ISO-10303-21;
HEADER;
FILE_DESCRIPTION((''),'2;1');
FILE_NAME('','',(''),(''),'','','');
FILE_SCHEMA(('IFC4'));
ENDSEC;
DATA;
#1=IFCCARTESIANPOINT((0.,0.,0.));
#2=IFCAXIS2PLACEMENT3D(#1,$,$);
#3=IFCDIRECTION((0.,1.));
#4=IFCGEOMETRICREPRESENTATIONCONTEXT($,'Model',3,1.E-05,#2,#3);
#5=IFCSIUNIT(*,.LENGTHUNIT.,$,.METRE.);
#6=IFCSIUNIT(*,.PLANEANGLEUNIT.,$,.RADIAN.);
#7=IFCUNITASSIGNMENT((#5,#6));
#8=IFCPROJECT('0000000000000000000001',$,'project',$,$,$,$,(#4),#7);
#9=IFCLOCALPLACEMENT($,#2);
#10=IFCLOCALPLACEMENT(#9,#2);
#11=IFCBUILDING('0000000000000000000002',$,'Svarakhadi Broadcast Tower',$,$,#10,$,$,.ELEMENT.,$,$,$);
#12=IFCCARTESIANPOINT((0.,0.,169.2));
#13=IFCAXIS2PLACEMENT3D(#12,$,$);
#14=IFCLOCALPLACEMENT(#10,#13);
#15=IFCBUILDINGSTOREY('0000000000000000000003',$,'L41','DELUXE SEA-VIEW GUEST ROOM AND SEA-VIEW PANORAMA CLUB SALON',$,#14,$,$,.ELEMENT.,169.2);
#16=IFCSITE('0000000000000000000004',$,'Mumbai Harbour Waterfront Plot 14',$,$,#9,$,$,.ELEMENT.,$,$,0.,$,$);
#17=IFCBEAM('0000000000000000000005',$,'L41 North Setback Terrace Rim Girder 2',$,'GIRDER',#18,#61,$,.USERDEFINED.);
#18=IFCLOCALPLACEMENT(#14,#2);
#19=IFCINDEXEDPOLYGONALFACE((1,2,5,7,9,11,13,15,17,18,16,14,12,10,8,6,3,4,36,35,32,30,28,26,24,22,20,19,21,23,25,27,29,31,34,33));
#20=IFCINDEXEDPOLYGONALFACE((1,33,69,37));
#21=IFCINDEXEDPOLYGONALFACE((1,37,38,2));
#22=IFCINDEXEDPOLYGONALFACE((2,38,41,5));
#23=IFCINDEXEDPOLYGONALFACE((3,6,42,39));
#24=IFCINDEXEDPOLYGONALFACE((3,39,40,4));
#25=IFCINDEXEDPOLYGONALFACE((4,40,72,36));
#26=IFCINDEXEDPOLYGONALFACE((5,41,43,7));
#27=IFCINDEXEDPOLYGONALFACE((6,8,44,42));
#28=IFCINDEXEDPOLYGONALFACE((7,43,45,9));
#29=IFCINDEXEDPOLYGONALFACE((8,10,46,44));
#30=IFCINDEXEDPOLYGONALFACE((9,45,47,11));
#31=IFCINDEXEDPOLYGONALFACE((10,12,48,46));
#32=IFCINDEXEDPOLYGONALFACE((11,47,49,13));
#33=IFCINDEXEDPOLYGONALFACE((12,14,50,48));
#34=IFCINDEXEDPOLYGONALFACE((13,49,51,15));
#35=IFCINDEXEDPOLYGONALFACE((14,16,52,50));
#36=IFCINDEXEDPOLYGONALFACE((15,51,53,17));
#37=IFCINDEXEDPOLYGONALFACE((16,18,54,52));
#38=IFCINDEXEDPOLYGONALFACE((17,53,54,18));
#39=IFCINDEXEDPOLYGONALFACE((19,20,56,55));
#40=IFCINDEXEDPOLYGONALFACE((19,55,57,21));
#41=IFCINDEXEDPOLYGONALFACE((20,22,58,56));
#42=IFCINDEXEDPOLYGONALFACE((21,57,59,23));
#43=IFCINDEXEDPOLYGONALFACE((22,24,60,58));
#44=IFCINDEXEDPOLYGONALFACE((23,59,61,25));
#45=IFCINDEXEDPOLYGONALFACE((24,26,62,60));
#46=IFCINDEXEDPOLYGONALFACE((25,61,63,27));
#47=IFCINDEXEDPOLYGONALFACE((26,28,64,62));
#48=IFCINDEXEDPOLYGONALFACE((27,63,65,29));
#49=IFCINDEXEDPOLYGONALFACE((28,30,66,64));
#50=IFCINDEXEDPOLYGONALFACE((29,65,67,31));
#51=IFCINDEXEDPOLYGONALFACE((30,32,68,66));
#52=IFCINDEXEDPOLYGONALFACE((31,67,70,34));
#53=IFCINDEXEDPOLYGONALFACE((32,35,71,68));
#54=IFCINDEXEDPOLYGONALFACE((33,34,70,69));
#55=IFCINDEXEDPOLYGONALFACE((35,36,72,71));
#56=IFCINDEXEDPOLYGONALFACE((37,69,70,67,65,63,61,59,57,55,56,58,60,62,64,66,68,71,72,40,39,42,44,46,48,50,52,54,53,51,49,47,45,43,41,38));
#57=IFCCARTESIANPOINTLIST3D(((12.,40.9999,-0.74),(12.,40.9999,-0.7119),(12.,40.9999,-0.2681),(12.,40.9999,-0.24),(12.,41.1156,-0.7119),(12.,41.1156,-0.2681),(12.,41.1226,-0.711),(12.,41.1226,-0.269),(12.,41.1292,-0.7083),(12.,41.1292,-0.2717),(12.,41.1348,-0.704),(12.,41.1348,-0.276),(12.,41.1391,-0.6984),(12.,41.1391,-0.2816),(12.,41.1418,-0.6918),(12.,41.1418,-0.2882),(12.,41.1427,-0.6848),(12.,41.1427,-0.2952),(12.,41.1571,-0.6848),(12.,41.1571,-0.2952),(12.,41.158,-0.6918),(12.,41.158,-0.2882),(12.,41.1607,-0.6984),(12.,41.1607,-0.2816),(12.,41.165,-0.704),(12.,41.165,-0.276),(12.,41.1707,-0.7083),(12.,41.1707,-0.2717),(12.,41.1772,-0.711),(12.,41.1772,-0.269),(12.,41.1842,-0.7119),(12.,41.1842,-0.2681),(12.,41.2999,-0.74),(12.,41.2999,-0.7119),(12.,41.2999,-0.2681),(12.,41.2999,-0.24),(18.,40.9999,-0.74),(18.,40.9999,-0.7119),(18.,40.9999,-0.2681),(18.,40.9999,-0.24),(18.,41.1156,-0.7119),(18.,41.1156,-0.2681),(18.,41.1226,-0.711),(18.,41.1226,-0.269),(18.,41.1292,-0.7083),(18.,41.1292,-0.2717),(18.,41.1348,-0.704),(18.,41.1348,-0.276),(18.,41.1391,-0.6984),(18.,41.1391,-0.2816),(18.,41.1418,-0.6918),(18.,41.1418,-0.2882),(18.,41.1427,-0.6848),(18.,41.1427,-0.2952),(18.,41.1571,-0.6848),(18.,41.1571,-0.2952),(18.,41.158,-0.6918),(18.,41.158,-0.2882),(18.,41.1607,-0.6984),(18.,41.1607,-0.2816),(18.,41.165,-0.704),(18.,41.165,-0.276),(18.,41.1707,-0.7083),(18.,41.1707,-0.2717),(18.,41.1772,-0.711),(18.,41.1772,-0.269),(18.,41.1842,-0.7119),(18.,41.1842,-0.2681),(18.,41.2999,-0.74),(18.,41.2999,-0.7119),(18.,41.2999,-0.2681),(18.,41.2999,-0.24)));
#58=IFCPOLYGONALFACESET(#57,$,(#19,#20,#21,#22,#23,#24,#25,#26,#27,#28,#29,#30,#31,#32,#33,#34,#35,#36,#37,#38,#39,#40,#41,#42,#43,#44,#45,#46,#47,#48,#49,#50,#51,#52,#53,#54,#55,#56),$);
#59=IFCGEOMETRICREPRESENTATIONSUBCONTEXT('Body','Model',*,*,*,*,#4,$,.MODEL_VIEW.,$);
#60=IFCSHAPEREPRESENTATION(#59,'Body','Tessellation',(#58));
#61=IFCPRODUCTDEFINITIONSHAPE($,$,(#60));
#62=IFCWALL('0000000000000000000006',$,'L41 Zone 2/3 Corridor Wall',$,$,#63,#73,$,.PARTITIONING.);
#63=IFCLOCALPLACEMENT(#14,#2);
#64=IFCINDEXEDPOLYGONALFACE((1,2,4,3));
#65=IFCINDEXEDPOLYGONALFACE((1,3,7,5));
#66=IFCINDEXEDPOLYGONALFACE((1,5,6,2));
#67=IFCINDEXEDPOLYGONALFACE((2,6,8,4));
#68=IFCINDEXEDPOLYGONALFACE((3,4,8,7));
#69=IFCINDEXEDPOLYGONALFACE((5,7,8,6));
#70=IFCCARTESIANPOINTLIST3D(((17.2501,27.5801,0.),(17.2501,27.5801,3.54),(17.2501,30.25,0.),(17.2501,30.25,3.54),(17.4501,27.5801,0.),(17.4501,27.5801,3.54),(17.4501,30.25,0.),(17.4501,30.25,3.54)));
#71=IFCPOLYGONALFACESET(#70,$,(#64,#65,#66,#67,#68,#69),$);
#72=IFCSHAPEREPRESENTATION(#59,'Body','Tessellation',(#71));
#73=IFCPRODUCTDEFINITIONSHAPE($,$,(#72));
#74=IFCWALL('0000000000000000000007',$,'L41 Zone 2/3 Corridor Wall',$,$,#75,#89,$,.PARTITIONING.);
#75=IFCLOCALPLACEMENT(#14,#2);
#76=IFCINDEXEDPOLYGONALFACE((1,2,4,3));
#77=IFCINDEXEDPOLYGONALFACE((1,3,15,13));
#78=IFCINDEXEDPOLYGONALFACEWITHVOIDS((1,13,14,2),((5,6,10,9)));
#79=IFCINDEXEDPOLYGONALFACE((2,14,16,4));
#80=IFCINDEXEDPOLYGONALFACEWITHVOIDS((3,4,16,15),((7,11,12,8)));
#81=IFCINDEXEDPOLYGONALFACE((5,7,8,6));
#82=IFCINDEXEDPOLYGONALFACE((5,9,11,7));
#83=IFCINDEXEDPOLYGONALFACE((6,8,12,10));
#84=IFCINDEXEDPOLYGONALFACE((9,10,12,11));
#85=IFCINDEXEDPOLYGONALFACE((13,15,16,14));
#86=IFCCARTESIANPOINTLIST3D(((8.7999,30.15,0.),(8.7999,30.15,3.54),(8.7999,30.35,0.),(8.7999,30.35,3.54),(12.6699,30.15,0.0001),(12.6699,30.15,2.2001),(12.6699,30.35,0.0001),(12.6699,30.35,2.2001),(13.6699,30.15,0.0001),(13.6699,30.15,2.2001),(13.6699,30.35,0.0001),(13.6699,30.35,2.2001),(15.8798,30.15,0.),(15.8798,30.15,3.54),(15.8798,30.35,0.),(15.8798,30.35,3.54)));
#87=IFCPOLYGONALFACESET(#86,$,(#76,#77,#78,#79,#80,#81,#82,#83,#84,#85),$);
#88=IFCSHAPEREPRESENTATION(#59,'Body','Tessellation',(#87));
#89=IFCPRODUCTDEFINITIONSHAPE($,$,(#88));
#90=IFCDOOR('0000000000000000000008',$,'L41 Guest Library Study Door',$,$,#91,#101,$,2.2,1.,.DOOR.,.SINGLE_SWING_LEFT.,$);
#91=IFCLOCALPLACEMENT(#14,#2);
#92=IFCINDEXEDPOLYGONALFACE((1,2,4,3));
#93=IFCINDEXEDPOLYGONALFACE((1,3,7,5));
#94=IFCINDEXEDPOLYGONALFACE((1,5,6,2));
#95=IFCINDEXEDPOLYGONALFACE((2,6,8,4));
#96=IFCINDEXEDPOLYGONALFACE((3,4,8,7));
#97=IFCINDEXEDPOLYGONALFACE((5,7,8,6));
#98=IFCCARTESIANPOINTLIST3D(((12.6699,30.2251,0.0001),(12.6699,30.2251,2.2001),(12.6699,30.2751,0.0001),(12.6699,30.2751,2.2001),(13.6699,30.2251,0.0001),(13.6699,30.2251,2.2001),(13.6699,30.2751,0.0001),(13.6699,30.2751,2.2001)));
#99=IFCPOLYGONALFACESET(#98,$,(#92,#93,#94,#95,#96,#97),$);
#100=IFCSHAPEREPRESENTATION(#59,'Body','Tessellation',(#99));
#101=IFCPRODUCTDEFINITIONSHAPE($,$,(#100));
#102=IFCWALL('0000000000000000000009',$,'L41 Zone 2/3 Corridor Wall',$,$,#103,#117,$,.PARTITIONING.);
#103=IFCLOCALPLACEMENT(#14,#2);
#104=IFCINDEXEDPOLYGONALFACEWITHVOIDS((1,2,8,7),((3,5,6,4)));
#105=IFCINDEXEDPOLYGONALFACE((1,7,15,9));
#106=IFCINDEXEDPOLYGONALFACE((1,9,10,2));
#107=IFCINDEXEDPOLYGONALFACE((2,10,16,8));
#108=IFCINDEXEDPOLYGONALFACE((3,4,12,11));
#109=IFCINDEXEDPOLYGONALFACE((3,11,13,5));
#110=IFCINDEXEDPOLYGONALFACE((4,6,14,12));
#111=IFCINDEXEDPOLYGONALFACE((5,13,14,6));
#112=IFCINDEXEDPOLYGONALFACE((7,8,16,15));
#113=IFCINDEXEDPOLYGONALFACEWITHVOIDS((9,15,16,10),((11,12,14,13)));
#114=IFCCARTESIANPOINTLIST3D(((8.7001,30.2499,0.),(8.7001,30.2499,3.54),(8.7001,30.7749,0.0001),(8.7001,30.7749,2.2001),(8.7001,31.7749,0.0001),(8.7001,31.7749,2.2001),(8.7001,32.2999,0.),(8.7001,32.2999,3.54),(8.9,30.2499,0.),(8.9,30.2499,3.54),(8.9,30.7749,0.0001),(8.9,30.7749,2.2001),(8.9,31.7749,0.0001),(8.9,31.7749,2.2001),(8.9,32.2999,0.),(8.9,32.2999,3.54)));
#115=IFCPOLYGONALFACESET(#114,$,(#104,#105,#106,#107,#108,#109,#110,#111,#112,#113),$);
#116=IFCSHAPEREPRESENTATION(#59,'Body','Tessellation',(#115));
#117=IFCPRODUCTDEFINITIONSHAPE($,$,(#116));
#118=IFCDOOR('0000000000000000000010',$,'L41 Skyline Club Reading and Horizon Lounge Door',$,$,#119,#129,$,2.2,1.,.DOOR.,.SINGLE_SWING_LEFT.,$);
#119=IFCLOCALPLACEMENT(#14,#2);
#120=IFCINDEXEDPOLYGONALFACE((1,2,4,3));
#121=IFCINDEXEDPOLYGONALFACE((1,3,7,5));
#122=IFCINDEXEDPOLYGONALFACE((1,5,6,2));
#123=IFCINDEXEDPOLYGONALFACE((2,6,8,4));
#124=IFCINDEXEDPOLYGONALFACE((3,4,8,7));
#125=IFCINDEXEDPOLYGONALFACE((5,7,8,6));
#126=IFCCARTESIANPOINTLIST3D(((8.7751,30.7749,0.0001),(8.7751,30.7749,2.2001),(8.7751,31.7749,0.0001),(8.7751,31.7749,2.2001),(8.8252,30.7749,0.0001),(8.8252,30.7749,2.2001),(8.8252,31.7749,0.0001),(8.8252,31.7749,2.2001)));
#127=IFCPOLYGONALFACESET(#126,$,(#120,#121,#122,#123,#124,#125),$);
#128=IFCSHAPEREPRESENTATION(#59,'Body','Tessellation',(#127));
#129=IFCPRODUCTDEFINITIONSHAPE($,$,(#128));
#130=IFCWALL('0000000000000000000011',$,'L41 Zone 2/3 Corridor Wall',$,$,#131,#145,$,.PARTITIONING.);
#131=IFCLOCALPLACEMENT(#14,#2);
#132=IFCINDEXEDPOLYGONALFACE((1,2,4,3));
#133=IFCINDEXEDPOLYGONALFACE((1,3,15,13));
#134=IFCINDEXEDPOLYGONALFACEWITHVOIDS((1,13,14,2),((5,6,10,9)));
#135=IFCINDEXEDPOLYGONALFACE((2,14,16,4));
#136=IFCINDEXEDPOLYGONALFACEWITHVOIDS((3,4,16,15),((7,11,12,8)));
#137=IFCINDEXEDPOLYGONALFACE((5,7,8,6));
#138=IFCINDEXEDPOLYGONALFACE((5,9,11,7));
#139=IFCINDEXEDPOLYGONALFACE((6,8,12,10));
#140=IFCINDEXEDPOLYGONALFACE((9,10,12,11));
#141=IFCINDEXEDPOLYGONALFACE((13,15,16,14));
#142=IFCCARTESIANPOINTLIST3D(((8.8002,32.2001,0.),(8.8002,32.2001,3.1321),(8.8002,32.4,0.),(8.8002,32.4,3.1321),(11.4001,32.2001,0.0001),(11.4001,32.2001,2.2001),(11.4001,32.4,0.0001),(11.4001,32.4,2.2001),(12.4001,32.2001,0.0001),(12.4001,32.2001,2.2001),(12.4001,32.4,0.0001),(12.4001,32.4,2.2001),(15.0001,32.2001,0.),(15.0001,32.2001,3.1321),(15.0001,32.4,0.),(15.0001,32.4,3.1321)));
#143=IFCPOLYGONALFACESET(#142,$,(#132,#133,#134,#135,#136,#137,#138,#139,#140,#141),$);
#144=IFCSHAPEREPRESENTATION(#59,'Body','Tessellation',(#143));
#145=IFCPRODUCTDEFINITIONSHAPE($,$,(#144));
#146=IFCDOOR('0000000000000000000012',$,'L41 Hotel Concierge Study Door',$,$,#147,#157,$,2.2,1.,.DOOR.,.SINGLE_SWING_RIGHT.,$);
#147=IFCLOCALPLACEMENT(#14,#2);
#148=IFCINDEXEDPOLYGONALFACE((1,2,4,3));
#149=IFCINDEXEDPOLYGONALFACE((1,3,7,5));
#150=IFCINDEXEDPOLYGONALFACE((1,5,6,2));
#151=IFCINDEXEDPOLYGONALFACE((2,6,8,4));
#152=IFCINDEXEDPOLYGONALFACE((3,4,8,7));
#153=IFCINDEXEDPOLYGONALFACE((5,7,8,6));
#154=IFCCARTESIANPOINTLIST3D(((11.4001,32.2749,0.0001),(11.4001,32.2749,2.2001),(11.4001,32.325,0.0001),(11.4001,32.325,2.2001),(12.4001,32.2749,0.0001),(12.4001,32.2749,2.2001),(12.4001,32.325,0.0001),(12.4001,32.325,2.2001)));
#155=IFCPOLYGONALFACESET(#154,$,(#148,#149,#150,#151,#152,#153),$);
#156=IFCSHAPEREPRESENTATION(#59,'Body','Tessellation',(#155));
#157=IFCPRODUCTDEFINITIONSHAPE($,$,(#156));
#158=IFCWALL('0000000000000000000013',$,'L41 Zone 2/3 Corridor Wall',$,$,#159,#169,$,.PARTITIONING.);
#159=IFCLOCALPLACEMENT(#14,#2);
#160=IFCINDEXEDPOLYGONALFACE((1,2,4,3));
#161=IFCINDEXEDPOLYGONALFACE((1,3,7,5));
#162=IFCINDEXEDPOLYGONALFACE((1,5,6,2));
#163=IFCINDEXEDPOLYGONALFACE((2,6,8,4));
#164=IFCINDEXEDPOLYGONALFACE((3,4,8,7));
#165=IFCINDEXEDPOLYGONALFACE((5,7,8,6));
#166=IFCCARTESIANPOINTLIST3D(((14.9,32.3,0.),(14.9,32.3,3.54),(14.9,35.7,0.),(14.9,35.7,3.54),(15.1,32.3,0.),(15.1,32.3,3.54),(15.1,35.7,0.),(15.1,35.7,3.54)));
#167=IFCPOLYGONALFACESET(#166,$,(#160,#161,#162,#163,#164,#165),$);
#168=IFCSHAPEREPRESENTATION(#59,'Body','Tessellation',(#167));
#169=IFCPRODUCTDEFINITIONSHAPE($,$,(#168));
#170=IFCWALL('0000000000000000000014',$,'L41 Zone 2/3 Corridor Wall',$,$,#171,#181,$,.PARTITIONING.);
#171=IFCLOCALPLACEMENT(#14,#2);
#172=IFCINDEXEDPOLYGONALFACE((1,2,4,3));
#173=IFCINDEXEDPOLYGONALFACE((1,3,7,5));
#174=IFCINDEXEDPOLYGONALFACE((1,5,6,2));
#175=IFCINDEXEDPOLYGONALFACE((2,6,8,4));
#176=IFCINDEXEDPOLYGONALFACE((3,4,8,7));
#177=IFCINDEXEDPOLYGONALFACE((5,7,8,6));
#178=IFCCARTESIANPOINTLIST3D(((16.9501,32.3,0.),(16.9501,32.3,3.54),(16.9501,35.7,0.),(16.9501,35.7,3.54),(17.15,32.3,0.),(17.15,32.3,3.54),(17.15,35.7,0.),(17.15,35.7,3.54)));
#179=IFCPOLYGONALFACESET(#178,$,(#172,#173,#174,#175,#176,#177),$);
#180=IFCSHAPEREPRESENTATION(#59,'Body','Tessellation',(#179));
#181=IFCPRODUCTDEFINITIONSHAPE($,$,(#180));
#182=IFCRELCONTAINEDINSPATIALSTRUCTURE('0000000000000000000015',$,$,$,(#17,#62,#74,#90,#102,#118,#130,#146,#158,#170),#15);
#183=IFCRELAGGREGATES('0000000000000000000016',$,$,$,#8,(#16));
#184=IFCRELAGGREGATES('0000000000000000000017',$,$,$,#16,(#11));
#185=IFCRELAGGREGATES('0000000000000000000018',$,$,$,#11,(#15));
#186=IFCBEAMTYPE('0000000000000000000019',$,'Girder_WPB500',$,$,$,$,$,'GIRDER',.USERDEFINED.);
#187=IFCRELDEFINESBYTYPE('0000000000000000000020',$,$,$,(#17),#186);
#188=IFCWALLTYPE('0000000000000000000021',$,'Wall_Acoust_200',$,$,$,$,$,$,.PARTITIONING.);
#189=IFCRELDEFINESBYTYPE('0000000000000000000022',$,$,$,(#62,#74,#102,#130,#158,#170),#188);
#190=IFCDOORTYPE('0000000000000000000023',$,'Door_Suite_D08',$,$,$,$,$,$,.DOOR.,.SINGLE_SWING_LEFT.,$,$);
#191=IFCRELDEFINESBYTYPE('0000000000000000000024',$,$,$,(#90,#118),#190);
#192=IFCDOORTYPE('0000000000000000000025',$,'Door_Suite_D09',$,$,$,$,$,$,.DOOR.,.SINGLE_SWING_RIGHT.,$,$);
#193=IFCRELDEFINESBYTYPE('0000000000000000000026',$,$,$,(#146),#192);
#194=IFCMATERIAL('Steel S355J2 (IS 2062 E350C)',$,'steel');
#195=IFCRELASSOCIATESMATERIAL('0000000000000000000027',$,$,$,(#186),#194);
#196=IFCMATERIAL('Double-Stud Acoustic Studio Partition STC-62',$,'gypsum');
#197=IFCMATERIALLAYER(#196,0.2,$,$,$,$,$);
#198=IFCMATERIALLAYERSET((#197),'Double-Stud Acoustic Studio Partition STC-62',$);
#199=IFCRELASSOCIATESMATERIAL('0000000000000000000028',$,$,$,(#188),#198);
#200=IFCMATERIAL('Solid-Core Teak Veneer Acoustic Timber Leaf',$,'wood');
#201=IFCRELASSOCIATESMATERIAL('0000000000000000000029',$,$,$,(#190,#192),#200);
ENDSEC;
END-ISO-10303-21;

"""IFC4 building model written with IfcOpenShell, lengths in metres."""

from ifc_helpers import new_model, si_unit, direction, frame, frame_2d, origin, origin_2d, place, context, subcontext, project, spatial, rectangle, i_section, extrude, material, layer, layer_set, material_profile, profile_set, type_object, element, fill, save


model = new_model("IFC4")

# Units and contexts
model_context = context("Model", 3, precision=1e-05, world=origin(), true_north=direction((0.0, 1.0)))
body_context = subcontext(model_context, "Body", "Model", "MODEL_VIEW")
ifc_project = project(units=[si_unit("LENGTHUNIT", "METRE"), si_unit("PLANEANGLEUNIT", "RADIAN")], contexts=[model_context])

# Site, building, storey
site_placement = place(None, origin())
site = spatial("IfcSite", under=ifc_project, at=site_placement, Name="Mumbai Harbour Waterfront Plot 14", CompositionType="ELEMENT", RefElevation=0.0)
building_placement = place(site_placement, origin())
building = spatial("IfcBuilding", under=site, at=building_placement, Name="Svarakhadi Broadcast Tower", CompositionType="ELEMENT")
storey_placement = place(building_placement, frame((0.0, 0.0, 169.2)))
storey = spatial("IfcBuildingStorey", under=building, at=storey_placement, Name="L41", Description="DELUXE SEA-VIEW GUEST ROOM AND SEA-VIEW PANORAMA CLUB SALON", CompositionType="ELEMENT", Elevation=169.2)

# Beam
ifc_material_1 = material(Name="Steel S355J2 (IS 2062 E350C)", Category="steel")
ifc_material_profile_1 = material_profile(ifc_material_1, i_section(OverallWidth=0.3, OverallDepth=0.5, WebThickness=0.0144, FlangeThickness=0.0281, FilletRadius=0.0271, at=origin_2d()), Name="WPB 500x300x187")
ifc_profile_set_1 = profile_set([ifc_material_profile_1], Name="Steel S355J2 (IS 2062 E350C)")
beam_type_1 = type_object("IfcBeamType", Name="Girder_WPB500", ElementType="GIRDER", PredefinedType="USERDEFINED", material=ifc_profile_set_1)
for number, where, z_axis, x_axis, name in (
    (1, (12.0, 41.1499, -0.49), (1.0, 0.0, 0.0), (0.0, 1.0, 0.0), "L41 North Setback Terrace Rim Girder 2"),
):
    element("IfcBeam", number, at=place(storey_placement, frame(where, z_axis=z_axis, x_axis=x_axis)), inside=storey, type_object=beam_type_1, Name=name, ObjectType="GIRDER", PredefinedType="USERDEFINED", context=body_context, shape_type="SweptSolid", body=[
        extrude(i_section(OverallWidth=0.3, OverallDepth=0.5, WebThickness=0.0144, FlangeThickness=0.0281, FilletRadius=0.0271, at=origin_2d()), origin(), (0.0, 0.0, 1.0), 6.0),
    ])

# Wall
ifc_material_2 = material(Name="Double-Stud Acoustic Studio Partition STC-62", Category="gypsum")
ifc_layer = layer(ifc_material_2, 0.2)
ifc_layer_set = layer_set([ifc_layer], Name="Double-Stud Acoustic Studio Partition STC-62")
wall_type = type_object("IfcWallType", Name="Wall_Acoust_200", PredefinedType="PARTITIONING", material=ifc_layer_set)
wall_1_placement = place(storey_placement, frame((17.3501, 30.25, 0.0), z_axis=(0.0, 0.0, 1.0), x_axis=(0.0, -1.0, 0.0)))
element("IfcWall", 2, at=wall_1_placement, inside=storey, type_object=wall_type, Name="L41 Zone 2/3 Corridor Wall", PredefinedType="PARTITIONING", context=body_context, shape_type="SweptSolid", body=[
    extrude(rectangle(XDim=2.6699, YDim=0.2, at=frame_2d((1.335, 0.0))), origin(), (0.0, 0.0, 1.0), 3.54),
])

# Walls, openings, doors
wall_2_placement = place(storey_placement, frame((15.8799, 30.25, 0.0), z_axis=(0.0, 0.0, 1.0), x_axis=(-1.0, 0.0, 0.0)))
wall_2 = element("IfcWall", 3, at=wall_2_placement, inside=storey, type_object=wall_type, Name="L41 Zone 2/3 Corridor Wall", PredefinedType="PARTITIONING", context=body_context, shape_type="SweptSolid", body=[
    extrude(rectangle(XDim=7.0798, YDim=0.2, at=frame_2d((3.54, 0.0))), origin(), (0.0, 0.0, 1.0), 3.54),
])
opening_1_placement = place(wall_2_placement, frame((2.21, 0.0, 0.0)))
opening_1 = element("IfcOpeningElement", 4, at=opening_1_placement, cuts=wall_2, PredefinedType="OPENING", context=body_context, shape_type="SweptSolid", body=[
    extrude(rectangle(XDim=1.0, YDim=2.2, at=frame_2d((0.5, 1.1001))), frame((0.0, 0.1099, 0.0), z_axis=(0.0, -1.0, 0.0), x_axis=(1.0, 0.0, 0.0)), (0.0, 0.0, 1.0), 0.22),
])
ifc_material_3 = material(Name="Solid-Core Teak Veneer Acoustic Timber Leaf", Category="wood")
door_type_1 = type_object("IfcDoorType", Name="Door_Suite_D08", OperationType="SINGLE_SWING_LEFT", PredefinedType="DOOR", material=ifc_material_3)
door_1_placement = place(opening_1_placement, origin())
door_1 = element("IfcDoor", 5, at=door_1_placement, inside=storey, type_object=door_type_1, Name="L41 Guest Library Study Door", OperationType="SINGLE_SWING_LEFT", OverallHeight=2.2, OverallWidth=1.0, PredefinedType="DOOR", context=body_context, shape_type="SweptSolid", body=[
    extrude(rectangle(XDim=1.0, YDim=2.2, at=frame_2d((0.5, 1.1001))), frame((0.0, 0.0249, 0.0), z_axis=(0.0, -1.0, 0.0), x_axis=(1.0, 0.0, 0.0)), (0.0, 0.0, 1.0), 0.05),
])
fill(opening_1, door_1)
wall_3_placement = place(storey_placement, frame((8.8, 30.25, 0.0), z_axis=(0.0, 0.0, 1.0), x_axis=(0.0, 1.0, 0.0)))
wall_3 = element("IfcWall", 6, at=wall_3_placement, inside=storey, type_object=wall_type, Name="L41 Zone 2/3 Corridor Wall", PredefinedType="PARTITIONING", context=body_context, shape_type="SweptSolid", body=[
    extrude(rectangle(XDim=2.05, YDim=0.2, at=frame_2d((1.0249, 0.0))), origin(), (0.0, 0.0, 1.0), 3.54),
])
opening_2_placement = place(wall_3_placement, frame((0.5249, 0.0, 0.0)))
opening_2 = element("IfcOpeningElement", 7, at=opening_2_placement, cuts=wall_3, PredefinedType="OPENING", context=body_context, shape_type="SweptSolid", body=[
    extrude(rectangle(XDim=1.0, YDim=2.2, at=frame_2d((0.5, 1.1001))), frame((0.0, 0.1099, 0.0), z_axis=(0.0, -1.0, 0.0), x_axis=(1.0, 0.0, 0.0)), (0.0, 0.0, 1.0), 0.22),
])
door_2_placement = place(opening_2_placement, origin())
door_2 = element("IfcDoor", 8, at=door_2_placement, inside=storey, type_object=door_type_1, Name="L41 Skyline Club Reading and Horizon Lounge Door", OperationType="SINGLE_SWING_LEFT", OverallHeight=2.2, OverallWidth=1.0, PredefinedType="DOOR", context=body_context, shape_type="SweptSolid", body=[
    extrude(rectangle(XDim=1.0, YDim=2.2, at=frame_2d((0.5, 1.1001))), frame((0.0, 0.0249, 0.0), z_axis=(0.0, -1.0, 0.0), x_axis=(1.0, 0.0, 0.0)), (0.0, 0.0, 1.0), 0.05),
])
fill(opening_2, door_2)
wall_4_placement = place(storey_placement, frame((8.8, 32.3, 0.0), z_axis=(0.0, 0.0, 1.0), x_axis=(1.0, 0.0, 0.0)))
wall_4 = element("IfcWall", 9, at=wall_4_placement, inside=storey, type_object=wall_type, Name="L41 Zone 2/3 Corridor Wall", PredefinedType="PARTITIONING", context=body_context, shape_type="SweptSolid", body=[
    extrude(rectangle(XDim=6.2, YDim=0.2, at=frame_2d((3.1001, 0.0))), origin(), (0.0, 0.0, 1.0), 3.1321),
])
opening_3_placement = place(wall_4_placement, frame((2.6001, 0.0, 0.0)))
opening_3 = element("IfcOpeningElement", 10, at=opening_3_placement, cuts=wall_4, PredefinedType="OPENING", context=body_context, shape_type="SweptSolid", body=[
    extrude(rectangle(XDim=1.0, YDim=2.2, at=frame_2d((0.5, 1.1001))), frame((0.0, 0.1099, 0.0), z_axis=(0.0, -1.0, 0.0), x_axis=(1.0, 0.0, 0.0)), (0.0, 0.0, 1.0), 0.22),
])
door_type_2 = type_object("IfcDoorType", Name="Door_Suite_D09", OperationType="SINGLE_SWING_RIGHT", PredefinedType="DOOR", material=ifc_material_3)
door_3_placement = place(opening_3_placement, origin())
door_3 = element("IfcDoor", 11, at=door_3_placement, inside=storey, type_object=door_type_2, Name="L41 Hotel Concierge Study Door", OperationType="SINGLE_SWING_RIGHT", OverallHeight=2.2, OverallWidth=1.0, PredefinedType="DOOR", context=body_context, shape_type="SweptSolid", body=[
    extrude(rectangle(XDim=1.0, YDim=2.2, at=frame_2d((0.5, 1.1001))), frame((0.0, 0.0249, 0.0), z_axis=(0.0, -1.0, 0.0), x_axis=(1.0, 0.0, 0.0)), (0.0, 0.0, 1.0), 0.05),
])
fill(opening_3, door_3)

# Walls
for number, where, z_axis, x_axis, name in (
    (12, (15.0, 32.3, 0.0), (0.0, 0.0, 1.0), (0.0, 1.0, 0.0), "L41 Zone 2/3 Corridor Wall"),
    (13, (17.05, 35.7, 0.0), (0.0, 0.0, 1.0), (0.0, -1.0, 0.0), "L41 Zone 2/3 Corridor Wall"),
):
    element("IfcWall", number, at=place(storey_placement, frame(where, z_axis=z_axis, x_axis=x_axis)), inside=storey, type_object=wall_type, Name=name, PredefinedType="PARTITIONING", context=body_context, shape_type="SweptSolid", body=[
        extrude(rectangle(XDim=3.3999, YDim=0.2, at=frame_2d((1.7, 0.0))), origin(), (0.0, 0.0, 1.0), 3.54),
    ])

save(model, "model.ifc")
